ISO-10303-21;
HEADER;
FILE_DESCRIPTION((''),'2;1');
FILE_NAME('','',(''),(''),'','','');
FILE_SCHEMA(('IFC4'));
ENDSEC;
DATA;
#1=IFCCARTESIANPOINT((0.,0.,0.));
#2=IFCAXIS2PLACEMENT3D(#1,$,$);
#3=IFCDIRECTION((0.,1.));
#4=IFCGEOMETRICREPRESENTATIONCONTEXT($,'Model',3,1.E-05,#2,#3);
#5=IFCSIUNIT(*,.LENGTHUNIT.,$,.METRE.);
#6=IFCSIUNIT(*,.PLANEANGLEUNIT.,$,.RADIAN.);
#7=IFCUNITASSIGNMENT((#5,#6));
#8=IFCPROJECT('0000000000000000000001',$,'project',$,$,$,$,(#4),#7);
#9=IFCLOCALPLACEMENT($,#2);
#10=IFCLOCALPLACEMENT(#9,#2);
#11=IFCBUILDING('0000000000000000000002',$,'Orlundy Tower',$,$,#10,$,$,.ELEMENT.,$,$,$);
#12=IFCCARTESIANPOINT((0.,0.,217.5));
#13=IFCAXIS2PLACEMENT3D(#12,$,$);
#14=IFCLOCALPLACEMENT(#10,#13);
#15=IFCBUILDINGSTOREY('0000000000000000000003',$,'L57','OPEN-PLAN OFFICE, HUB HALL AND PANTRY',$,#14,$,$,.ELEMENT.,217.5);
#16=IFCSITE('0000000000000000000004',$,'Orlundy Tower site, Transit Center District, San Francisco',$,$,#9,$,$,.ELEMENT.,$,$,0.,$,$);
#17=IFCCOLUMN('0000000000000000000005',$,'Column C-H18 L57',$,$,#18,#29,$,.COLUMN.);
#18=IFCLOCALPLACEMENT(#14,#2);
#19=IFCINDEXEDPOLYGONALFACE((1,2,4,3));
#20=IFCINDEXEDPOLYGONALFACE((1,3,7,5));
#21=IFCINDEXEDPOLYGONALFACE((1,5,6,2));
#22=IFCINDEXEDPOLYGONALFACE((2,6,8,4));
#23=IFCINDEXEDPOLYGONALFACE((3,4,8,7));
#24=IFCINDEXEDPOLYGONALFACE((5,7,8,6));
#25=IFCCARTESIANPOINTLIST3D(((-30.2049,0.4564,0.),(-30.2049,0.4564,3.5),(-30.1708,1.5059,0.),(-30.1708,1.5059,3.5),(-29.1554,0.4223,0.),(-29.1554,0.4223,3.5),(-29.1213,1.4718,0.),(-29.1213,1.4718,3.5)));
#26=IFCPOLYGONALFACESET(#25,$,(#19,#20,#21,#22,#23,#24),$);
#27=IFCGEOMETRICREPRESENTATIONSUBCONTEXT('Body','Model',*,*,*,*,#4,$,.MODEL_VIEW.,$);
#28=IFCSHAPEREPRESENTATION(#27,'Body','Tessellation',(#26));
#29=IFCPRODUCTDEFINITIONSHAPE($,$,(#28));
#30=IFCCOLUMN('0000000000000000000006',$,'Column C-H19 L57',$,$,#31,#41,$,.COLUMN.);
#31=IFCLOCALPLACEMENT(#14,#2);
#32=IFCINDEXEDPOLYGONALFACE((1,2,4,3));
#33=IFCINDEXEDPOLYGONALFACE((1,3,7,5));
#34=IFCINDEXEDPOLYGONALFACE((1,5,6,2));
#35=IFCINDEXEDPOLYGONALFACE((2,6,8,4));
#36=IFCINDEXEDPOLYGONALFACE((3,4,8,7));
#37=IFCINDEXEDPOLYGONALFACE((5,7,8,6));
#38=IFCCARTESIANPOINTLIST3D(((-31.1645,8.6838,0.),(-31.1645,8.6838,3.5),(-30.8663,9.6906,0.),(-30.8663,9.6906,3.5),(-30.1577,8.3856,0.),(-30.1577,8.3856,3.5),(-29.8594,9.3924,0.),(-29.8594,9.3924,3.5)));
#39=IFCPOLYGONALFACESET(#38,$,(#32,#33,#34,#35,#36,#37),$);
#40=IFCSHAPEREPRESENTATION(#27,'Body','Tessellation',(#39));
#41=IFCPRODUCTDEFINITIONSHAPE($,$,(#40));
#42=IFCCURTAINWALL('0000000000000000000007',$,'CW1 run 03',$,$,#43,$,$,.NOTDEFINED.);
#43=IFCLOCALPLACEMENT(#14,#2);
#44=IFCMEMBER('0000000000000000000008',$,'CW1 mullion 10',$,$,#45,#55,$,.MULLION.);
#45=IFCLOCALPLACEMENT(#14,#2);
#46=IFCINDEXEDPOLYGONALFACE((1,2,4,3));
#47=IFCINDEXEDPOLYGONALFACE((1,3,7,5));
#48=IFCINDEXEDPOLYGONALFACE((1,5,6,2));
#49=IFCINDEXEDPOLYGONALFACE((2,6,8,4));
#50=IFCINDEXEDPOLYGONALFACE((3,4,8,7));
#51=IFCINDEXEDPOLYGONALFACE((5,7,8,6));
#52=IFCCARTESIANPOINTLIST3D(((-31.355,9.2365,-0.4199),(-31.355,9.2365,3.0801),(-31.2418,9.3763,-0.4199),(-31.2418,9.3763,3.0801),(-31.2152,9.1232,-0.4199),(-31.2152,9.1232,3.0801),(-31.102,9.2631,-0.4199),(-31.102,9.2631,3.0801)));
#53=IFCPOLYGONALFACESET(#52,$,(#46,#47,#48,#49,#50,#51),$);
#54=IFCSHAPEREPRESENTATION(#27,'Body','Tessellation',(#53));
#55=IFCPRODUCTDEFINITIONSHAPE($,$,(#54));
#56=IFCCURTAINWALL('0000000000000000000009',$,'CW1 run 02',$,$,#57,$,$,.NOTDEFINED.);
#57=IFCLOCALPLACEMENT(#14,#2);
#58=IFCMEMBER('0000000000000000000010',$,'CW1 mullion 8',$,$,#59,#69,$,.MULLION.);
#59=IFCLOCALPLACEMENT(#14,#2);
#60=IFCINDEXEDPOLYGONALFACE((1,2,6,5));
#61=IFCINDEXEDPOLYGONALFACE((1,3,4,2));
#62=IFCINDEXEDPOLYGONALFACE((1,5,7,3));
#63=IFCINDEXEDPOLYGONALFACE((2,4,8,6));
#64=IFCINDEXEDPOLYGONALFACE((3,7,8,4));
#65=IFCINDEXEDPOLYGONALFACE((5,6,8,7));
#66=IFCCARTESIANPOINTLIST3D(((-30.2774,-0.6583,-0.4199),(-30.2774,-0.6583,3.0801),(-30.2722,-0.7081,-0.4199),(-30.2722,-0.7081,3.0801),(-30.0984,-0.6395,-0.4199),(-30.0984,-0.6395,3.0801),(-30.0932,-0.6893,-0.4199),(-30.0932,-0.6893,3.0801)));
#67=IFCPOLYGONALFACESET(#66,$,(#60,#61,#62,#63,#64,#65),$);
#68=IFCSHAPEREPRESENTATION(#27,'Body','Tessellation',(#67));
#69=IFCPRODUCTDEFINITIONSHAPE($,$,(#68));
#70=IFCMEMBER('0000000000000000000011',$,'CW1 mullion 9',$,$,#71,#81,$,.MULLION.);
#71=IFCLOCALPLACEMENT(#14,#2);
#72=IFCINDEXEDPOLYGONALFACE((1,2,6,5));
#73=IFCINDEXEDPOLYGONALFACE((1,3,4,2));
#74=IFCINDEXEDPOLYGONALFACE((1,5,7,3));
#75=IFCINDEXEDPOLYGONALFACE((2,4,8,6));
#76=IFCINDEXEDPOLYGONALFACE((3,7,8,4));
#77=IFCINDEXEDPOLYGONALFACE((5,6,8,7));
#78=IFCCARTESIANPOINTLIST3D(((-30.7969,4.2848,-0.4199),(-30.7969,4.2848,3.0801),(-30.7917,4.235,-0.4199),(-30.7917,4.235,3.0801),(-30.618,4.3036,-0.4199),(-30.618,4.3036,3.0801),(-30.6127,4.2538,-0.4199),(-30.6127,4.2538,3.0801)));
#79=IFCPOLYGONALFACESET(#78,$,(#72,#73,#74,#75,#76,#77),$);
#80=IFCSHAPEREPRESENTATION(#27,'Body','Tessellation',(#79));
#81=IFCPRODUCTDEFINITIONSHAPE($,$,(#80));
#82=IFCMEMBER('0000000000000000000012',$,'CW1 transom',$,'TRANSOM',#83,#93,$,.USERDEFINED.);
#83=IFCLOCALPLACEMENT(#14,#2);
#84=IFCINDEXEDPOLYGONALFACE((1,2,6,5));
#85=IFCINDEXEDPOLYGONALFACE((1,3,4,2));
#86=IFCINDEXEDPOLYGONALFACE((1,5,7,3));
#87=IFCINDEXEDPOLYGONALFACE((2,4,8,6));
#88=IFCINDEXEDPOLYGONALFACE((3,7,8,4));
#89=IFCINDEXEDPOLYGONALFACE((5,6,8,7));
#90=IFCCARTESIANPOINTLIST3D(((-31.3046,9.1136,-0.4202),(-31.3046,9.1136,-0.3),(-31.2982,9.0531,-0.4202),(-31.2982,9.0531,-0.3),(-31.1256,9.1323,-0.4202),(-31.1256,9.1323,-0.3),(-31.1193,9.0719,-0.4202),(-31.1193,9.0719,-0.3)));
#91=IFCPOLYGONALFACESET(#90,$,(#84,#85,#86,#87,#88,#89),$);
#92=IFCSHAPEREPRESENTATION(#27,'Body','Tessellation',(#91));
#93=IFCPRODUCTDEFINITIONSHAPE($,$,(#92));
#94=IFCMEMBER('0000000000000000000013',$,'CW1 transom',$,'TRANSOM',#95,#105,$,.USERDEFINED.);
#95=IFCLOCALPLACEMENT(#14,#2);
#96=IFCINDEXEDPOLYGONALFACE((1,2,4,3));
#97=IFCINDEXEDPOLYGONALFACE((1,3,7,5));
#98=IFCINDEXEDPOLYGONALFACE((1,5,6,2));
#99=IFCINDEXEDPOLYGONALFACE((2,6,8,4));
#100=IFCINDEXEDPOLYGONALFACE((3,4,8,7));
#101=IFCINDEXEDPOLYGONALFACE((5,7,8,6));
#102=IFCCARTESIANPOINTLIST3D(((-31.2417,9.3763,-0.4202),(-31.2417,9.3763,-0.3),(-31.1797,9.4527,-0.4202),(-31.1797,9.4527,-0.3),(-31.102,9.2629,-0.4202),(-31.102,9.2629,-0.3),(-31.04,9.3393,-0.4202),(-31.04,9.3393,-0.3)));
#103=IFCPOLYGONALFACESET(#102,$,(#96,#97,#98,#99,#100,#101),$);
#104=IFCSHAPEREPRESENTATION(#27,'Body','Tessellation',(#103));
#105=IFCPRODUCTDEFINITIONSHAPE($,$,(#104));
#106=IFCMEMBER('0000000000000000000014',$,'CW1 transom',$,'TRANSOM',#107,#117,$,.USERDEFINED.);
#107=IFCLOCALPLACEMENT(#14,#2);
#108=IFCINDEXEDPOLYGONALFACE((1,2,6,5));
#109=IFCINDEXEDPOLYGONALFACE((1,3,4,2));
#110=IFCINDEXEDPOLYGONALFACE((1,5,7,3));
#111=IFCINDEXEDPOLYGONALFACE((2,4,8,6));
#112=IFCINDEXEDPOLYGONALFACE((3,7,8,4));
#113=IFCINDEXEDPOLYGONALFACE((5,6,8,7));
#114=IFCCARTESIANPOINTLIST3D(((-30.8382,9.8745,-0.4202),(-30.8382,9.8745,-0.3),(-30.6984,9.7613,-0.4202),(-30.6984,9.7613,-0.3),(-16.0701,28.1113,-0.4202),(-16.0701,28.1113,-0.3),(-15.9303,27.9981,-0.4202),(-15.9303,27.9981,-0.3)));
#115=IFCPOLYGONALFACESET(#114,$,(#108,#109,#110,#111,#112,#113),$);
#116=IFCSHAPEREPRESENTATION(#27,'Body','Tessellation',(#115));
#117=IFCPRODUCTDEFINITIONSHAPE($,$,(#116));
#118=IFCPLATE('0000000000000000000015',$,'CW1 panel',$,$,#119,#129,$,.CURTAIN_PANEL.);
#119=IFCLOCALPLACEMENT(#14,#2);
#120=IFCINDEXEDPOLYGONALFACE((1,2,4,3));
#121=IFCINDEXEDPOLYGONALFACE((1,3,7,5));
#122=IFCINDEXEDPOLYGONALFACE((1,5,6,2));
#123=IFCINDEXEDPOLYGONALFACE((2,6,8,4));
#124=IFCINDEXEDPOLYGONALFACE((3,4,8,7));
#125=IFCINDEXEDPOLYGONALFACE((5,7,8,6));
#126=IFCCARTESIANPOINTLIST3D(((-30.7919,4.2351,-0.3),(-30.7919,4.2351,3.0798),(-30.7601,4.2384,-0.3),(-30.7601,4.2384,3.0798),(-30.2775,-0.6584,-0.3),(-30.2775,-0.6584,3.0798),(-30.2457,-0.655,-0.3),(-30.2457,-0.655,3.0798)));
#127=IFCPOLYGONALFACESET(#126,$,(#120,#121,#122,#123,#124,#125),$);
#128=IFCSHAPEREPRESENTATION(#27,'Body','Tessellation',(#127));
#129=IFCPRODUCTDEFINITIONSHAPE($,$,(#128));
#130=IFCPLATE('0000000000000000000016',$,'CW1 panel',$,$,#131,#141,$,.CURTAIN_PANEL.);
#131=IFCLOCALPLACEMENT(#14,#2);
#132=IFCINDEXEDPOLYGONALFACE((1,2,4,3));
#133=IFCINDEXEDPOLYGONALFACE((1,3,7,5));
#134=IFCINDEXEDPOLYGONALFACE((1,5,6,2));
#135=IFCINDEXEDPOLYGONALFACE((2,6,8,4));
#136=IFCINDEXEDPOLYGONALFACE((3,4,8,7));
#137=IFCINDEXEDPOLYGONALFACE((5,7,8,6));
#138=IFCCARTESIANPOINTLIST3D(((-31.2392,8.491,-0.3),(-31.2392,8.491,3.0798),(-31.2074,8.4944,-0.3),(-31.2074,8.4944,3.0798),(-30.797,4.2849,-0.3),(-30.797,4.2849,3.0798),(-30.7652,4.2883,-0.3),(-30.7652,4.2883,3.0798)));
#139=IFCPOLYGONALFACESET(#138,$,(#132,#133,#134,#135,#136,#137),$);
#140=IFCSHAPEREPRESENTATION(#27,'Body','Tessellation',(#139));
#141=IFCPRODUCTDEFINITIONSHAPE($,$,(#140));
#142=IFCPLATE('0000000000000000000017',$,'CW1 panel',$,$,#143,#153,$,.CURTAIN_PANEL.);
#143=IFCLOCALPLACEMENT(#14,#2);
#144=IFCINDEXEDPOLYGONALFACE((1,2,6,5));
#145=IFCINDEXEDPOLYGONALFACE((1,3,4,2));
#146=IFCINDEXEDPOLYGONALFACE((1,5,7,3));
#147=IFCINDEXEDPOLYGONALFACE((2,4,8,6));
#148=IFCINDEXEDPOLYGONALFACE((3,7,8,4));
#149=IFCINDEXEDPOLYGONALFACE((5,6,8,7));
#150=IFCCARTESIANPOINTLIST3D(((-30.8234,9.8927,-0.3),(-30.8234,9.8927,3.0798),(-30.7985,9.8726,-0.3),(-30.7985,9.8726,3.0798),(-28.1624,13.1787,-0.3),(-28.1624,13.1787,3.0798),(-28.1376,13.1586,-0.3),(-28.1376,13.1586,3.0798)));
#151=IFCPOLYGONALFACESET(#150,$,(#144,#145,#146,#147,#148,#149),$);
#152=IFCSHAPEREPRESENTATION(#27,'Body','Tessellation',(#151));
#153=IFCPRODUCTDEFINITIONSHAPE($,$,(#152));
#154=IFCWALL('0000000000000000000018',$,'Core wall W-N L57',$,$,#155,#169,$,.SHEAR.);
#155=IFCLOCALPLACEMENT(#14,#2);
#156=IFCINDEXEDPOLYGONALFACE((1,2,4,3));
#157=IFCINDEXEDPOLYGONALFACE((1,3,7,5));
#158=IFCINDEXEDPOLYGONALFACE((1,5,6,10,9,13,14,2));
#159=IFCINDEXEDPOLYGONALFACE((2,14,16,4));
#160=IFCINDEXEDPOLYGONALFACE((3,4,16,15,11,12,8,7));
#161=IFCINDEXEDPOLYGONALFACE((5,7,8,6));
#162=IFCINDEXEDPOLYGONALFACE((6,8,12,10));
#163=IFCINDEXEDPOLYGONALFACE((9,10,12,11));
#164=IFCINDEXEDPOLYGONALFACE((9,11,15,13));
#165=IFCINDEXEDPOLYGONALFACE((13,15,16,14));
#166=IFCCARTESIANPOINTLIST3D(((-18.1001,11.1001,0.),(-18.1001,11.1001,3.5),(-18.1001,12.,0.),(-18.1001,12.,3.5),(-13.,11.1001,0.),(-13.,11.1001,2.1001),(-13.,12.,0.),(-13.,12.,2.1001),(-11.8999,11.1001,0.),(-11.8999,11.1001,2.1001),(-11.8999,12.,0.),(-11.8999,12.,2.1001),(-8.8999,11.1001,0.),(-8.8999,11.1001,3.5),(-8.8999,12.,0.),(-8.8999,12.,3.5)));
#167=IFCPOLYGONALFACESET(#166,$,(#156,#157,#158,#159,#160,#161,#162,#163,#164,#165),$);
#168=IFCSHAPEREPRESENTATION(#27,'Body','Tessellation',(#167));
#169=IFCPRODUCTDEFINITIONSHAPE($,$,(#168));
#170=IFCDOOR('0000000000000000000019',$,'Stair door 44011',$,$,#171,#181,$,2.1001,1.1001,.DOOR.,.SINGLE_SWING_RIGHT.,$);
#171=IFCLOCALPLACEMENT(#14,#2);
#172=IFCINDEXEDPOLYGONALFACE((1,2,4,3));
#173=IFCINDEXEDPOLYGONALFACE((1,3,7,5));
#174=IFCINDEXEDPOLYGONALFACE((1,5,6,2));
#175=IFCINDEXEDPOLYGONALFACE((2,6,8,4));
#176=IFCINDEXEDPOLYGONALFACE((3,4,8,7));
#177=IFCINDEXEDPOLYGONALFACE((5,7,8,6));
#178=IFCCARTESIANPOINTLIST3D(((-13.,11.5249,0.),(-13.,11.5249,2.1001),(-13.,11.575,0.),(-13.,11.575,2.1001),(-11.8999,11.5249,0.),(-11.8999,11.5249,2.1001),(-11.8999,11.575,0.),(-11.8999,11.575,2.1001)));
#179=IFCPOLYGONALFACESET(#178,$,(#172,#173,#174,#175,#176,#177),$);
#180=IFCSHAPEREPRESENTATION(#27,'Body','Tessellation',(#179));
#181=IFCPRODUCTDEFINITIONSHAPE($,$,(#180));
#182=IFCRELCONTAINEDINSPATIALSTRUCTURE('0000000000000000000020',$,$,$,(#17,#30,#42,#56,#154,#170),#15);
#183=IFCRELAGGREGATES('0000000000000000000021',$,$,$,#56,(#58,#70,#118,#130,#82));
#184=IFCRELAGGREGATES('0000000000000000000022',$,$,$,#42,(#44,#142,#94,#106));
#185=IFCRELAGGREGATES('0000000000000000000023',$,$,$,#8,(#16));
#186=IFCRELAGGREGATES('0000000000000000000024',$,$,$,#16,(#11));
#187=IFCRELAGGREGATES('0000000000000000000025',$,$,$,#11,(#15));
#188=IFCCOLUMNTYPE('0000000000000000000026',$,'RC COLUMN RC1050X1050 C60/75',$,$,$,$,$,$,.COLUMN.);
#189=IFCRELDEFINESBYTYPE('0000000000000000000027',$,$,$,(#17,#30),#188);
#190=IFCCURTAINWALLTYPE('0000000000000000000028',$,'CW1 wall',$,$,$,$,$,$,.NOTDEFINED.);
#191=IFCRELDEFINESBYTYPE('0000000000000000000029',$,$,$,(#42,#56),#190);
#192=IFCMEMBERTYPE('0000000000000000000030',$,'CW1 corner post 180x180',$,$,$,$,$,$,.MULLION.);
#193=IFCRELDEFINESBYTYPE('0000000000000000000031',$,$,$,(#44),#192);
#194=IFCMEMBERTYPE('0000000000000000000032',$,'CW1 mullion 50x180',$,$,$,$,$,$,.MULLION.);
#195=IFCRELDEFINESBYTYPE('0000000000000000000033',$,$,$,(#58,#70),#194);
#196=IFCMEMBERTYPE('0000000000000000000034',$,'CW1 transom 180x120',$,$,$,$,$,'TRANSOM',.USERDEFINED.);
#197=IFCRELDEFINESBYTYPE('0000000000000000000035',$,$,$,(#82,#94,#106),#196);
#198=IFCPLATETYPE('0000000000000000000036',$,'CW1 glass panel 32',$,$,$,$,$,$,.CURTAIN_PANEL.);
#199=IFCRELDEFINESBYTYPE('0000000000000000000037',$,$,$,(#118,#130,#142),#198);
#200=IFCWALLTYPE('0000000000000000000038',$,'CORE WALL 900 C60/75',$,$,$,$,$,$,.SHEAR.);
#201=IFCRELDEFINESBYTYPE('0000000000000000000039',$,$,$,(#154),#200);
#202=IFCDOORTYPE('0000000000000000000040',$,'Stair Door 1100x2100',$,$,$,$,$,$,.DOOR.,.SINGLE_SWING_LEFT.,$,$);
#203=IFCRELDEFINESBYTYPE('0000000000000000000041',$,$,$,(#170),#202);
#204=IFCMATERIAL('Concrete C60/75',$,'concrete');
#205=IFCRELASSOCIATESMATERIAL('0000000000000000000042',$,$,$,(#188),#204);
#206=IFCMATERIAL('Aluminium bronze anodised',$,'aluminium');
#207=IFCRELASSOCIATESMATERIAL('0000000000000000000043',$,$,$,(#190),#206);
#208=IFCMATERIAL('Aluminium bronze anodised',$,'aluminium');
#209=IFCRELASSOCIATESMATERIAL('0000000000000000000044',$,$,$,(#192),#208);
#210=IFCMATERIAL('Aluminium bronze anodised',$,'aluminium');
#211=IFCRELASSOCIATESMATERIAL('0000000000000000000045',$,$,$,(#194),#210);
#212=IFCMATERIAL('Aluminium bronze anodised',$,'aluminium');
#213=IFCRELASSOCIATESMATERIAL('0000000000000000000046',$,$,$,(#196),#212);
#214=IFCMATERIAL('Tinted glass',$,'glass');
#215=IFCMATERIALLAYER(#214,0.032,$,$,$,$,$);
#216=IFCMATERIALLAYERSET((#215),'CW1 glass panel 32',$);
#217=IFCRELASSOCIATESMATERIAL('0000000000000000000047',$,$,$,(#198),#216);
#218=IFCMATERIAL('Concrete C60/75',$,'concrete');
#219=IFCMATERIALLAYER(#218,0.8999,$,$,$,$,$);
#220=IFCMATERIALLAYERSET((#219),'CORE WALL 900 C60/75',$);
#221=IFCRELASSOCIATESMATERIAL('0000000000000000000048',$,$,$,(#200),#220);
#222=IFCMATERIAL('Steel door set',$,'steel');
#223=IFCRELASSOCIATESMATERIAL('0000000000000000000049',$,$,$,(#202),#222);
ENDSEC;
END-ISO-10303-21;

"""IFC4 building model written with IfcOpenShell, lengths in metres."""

from ifc_helpers import new_model, si_unit, direction, frame, frame_2d, origin, origin_2d, place, context, subcontext, project, spatial, rectangle, extrude, material, layer, layer_set, material_profile, profile_set, type_object, element, fill, aggregate, save


model = new_model("IFC4")

# Units and contexts
model_context = context("Model", 3, precision=1e-05, world=origin(), true_north=direction((0.0, 1.0)))
body_context = subcontext(model_context, "Body", "Model", "MODEL_VIEW")
ifc_project = project(units=[si_unit("LENGTHUNIT", "METRE"), si_unit("PLANEANGLEUNIT", "RADIAN")], contexts=[model_context])

# Site, building, storey
site_placement = place(None, origin())
site = spatial("IfcSite", under=ifc_project, at=site_placement, Name="Orlundy Tower site, Transit Center District, San Francisco", CompositionType="ELEMENT", RefElevation=0.0)
building_placement = place(site_placement, origin())
building = spatial("IfcBuilding", under=site, at=building_placement, Name="Orlundy Tower", CompositionType="ELEMENT")
storey_placement = place(building_placement, frame((0.0, 0.0, 217.5)))
storey = spatial("IfcBuildingStorey", under=building, at=storey_placement, Name="L57", Description="OPEN-PLAN OFFICE, HUB HALL AND PANTRY", CompositionType="ELEMENT", Elevation=217.5)

# Columns
ifc_material_1 = material(Name="Concrete C60/75", Category="concrete")
ifc_material_profile_1 = material_profile(ifc_material_1, rectangle(XDim=1.05, YDim=1.05, at=origin_2d()), Name="RC1050X1050")
ifc_profile_set_1 = profile_set([ifc_material_profile_1], Name="Concrete C60/75")
column_type = type_object("IfcColumnType", Name="RC COLUMN RC1050X1050 C60/75", PredefinedType="COLUMN", material=ifc_profile_set_1)
for number, where, z_axis, x_axis, name in (
    (1, (-29.6631, 0.9641, 0.0), (0.0, 0.0, 1.0), (-0.999473, 0.032475, 0.0), "Column C-H18 L57"),
    (2, (-30.512, 9.0381, 0.0), (0.0, 0.0, 1.0), (-0.95882, 0.284015, 0.0), "Column C-H19 L57"),
):
    element("IfcColumn", number, at=place(storey_placement, frame(where, z_axis=z_axis, x_axis=x_axis)), inside=storey, type_object=column_type, Name=name, PredefinedType="COLUMN", context=body_context, shape_type="SweptSolid", body=[
        extrude(rectangle(XDim=1.05, YDim=1.05, at=origin_2d()), origin(), (0.0, 0.0, 1.0), 3.5),
    ])

# Curtain wall, member
ifc_material_2 = material(Name="Aluminium bronze anodised", Category="aluminium")
curtain_wall_type = type_object("IfcCurtainWallType", Name="CW1 wall", PredefinedType="NOTDEFINED", material=ifc_material_2)
curtain_wall_1_placement = place(storey_placement, origin())
curtain_wall_1 = element("IfcCurtainWall", 3, at=curtain_wall_1_placement, inside=storey, type_object=curtain_wall_type, Name="CW1 run 03", PredefinedType="NOTDEFINED")
ifc_material_3 = material(Name="Aluminium bronze anodised", Category="aluminium")
ifc_material_profile_2 = material_profile(ifc_material_3, rectangle(XDim=0.1799, YDim=0.1799, at=origin_2d()), Name="CW1 corner post 180x180")
ifc_profile_set_2 = profile_set([ifc_material_profile_2], Name="Aluminium bronze anodised")
member_type_1 = type_object("IfcMemberType", Name="CW1 corner post 180x180", PredefinedType="MULLION", material=ifc_profile_set_2)
member_1_placement = place(storey_placement, frame((-31.2285, 9.2498, -0.4199), z_axis=(0.0, 0.0, 1.0), x_axis=(-0.777146, 0.629321, 0.0)))
member_1 = element("IfcMember", 4, at=member_1_placement, type_object=member_type_1, Name="CW1 mullion 10", PredefinedType="MULLION", context=body_context, shape_type="SweptSolid", body=[
    extrude(rectangle(XDim=0.1799, YDim=0.1799, at=origin_2d()), origin(), (0.0, 0.0, 1.0), 3.5),
])

# Curtain wall, members
curtain_wall_2_placement = place(storey_placement, origin())
curtain_wall_2 = element("IfcCurtainWall", 5, at=curtain_wall_2_placement, inside=storey, type_object=curtain_wall_type, Name="CW1 run 02", PredefinedType="NOTDEFINED")
ifc_material_4 = material(Name="Aluminium bronze anodised", Category="aluminium")
ifc_material_profile_3 = material_profile(ifc_material_4, rectangle(XDim=0.1799, YDim=0.05, at=origin_2d()), Name="CW1 mullion 50x180")
ifc_profile_set_3 = profile_set([ifc_material_profile_3], Name="Aluminium bronze anodised")
member_type_2 = type_object("IfcMemberType", Name="CW1 mullion 50x180", PredefinedType="MULLION", material=ifc_profile_set_3)
member_2_placement = place(storey_placement, frame((-30.1853, -0.6738, -0.4199), z_axis=(0.0, 0.0, 1.0), x_axis=(-0.994521, -0.104538, 0.0)))
member_2 = element("IfcMember", 6, at=member_2_placement, type_object=member_type_2, Name="CW1 mullion 8", PredefinedType="MULLION", context=body_context, shape_type="SweptSolid", body=[
    extrude(rectangle(XDim=0.1799, YDim=0.05, at=origin_2d()), origin(), (0.0, 0.0, 1.0), 3.5),
])
member_3_placement = place(storey_placement, frame((-30.7048, 4.2693, -0.4199), z_axis=(0.0, 0.0, 1.0), x_axis=(-0.994521, -0.104538, 0.0)))
member_3 = element("IfcMember", 7, at=member_3_placement, type_object=member_type_2, Name="CW1 mullion 9", PredefinedType="MULLION", context=body_context, shape_type="SweptSolid", body=[
    extrude(rectangle(XDim=0.1799, YDim=0.05, at=origin_2d()), origin(), (0.0, 0.0, 1.0), 3.5),
])
ifc_material_5 = material(Name="Aluminium bronze anodised", Category="aluminium")
ifc_material_profile_4 = material_profile(ifc_material_5, rectangle(XDim=0.1799, YDim=0.1201, at=origin_2d()), Name="CW1 transom 180x120")
ifc_profile_set_4 = profile_set([ifc_material_profile_4], Name="Aluminium bronze anodised")
member_type_3 = type_object("IfcMemberType", Name="CW1 transom 180x120", ElementType="TRANSOM", PredefinedType="USERDEFINED", material=ifc_profile_set_4)
member_4_placement = place(storey_placement, frame((-31.2087, 9.0625, -0.3601), z_axis=(-0.104267, 0.994549, 0.0), x_axis=(-0.994549, -0.104267, 0.0)))
member_4 = element("IfcMember", 8, at=member_4_placement, type_object=member_type_3, Name="CW1 transom", ObjectType="TRANSOM", PredefinedType="USERDEFINED", context=body_context, shape_type="SweptSolid", body=[
    extrude(rectangle(XDim=0.1799, YDim=0.1201, at=origin_2d()), origin(), (0.0, 0.0, 1.0), 0.0608),
])

# Members
member_5_placement = place(storey_placement, frame((-31.1719, 9.3196, -0.3601), z_axis=(0.630126, 0.776493, 0.0), x_axis=(-0.776493, 0.630126, 0.0)))
member_5 = element("IfcMember", 9, at=member_5_placement, type_object=member_type_3, Name="CW1 transom", ObjectType="TRANSOM", PredefinedType="USERDEFINED", context=body_context, shape_type="SweptSolid", body=[
    extrude(rectangle(XDim=0.1799, YDim=0.1201, at=origin_2d()), origin(), (0.0, 0.0, 1.0), 0.0984),
])
member_6_placement = place(storey_placement, frame((-30.7683, 9.8179, -0.3601), z_axis=(0.629325, 0.777142, 0.0), x_axis=(-0.777142, 0.629325, 0.0)))
member_6 = element("IfcMember", 10, at=member_6_placement, type_object=member_type_3, Name="CW1 transom", ObjectType="TRANSOM", PredefinedType="USERDEFINED", context=body_context, shape_type="SweptSolid", body=[
    extrude(rectangle(XDim=0.1799, YDim=0.1201, at=origin_2d()), origin(), (0.0, 0.0, 1.0), 23.4666),
])

# Plates
ifc_material_6 = material(Name="Tinted glass", Category="glass")
ifc_layer_1 = layer(ifc_material_6, 0.032)
ifc_layer_set_1 = layer_set([ifc_layer_1], Name="CW1 glass panel 32")
plate_type = type_object("IfcPlateType", Name="CW1 glass panel 32", PredefinedType="CURTAIN_PANEL", material=ifc_layer_set_1)
plate_1_placement = place(storey_placement, frame((-30.5188, 1.79, -0.3), z_axis=(0.0, 0.0, 1.0), x_axis=(-0.104538, 0.994521, 0.0)))
plate_1 = element("IfcPlate", 11, at=plate_1_placement, type_object=plate_type, Name="CW1 panel", PredefinedType="CURTAIN_PANEL", context=body_context, shape_type="SweptSolid", body=[
    extrude(rectangle(XDim=4.9204, YDim=0.032, at=origin_2d()), origin(), (0.0, 0.0, 1.0), 3.3799),
])
plate_2_placement = place(storey_placement, frame((-31.0022, 6.3896, -0.3), z_axis=(0.0, 0.0, 1.0), x_axis=(-0.104538, 0.994521, 0.0)))
plate_2 = element("IfcPlate", 12, at=plate_2_placement, type_object=plate_type, Name="CW1 panel", PredefinedType="CURTAIN_PANEL", context=body_context, shape_type="SweptSolid", body=[
    extrude(rectangle(XDim=4.2292, YDim=0.032, at=origin_2d()), origin(), (0.0, 0.0, 1.0), 3.3799),
])
aggregate(curtain_wall_2, [member_2, member_3, plate_1, plate_2, member_4])
plate_3_placement = place(storey_placement, frame((-29.4805, 11.5256, -0.3), z_axis=(0.0, 0.0, 1.0), x_axis=(0.629321, 0.777146, 0.0)))
plate_3 = element("IfcPlate", 13, at=plate_3_placement, type_object=plate_type, Name="CW1 panel", PredefinedType="CURTAIN_PANEL", context=body_context, shape_type="SweptSolid", body=[
    extrude(rectangle(XDim=4.2283, YDim=0.032, at=origin_2d()), origin(), (0.0, 0.0, 1.0), 3.3799),
])
aggregate(curtain_wall_1, [member_1, plate_3, member_5, member_6])

# Wall, opening, door
ifc_material_7 = material(Name="Concrete C60/75", Category="concrete")
ifc_layer_2 = layer(ifc_material_7, 0.8999)
ifc_layer_set_2 = layer_set([ifc_layer_2], Name="CORE WALL 900 C60/75")
wall_type_1 = type_object("IfcWallType", Name="CORE WALL 900 C60/75", PredefinedType="SHEAR", material=ifc_layer_set_2)
wall_1_placement = place(storey_placement, frame((-18.1001, 11.55, 0.0), z_axis=(0.0, 0.0, 1.0), x_axis=(1.0, 0.0, 0.0)))
wall_1 = element("IfcWall", 14, at=wall_1_placement, inside=storey, type_object=wall_type_1, Name="Core wall W-N L57", PredefinedType="SHEAR", context=body_context, shape_type="SweptSolid", body=[
    extrude(rectangle(XDim=9.2002, YDim=0.8999, at=frame_2d((4.6001, 0.0))), origin(), (0.0, 0.0, 1.0), 3.5),
])
opening_1_placement = place(wall_1_placement, frame((5.1001, 0.0, 0.0)))
opening_1 = element("IfcOpeningElement", 15, at=opening_1_placement, cuts=wall_1, PredefinedType="OPENING", context=body_context, shape_type="SweptSolid", body=[
    extrude(rectangle(XDim=1.1001, YDim=2.1001, at=frame_2d((0.55, 1.05))), frame((0.0, 0.46, 0.0), z_axis=(0.0, -1.0, 0.0), x_axis=(1.0, 0.0, 0.0)), (0.0, 0.0, 1.0), 0.9199),
])
ifc_material_8 = material(Name="Steel door set", Category="steel")
door_type_1 = type_object("IfcDoorType", Name="Stair Door 1100x2100", OperationType="SINGLE_SWING_LEFT", PredefinedType="DOOR", material=ifc_material_8)
door_1_placement = place(opening_1_placement, origin())
door_1 = element("IfcDoor", 16, at=door_1_placement, inside=storey, type_object=door_type_1, Name="Stair door 44011", OperationType="SINGLE_SWING_RIGHT", OverallHeight=2.1001, OverallWidth=1.1001, PredefinedType="DOOR", context=body_context, shape_type="SweptSolid", body=[
    extrude(rectangle(XDim=1.1001, YDim=2.1001, at=frame_2d((0.55, 1.05))), frame((0.0, 0.0249, 0.0), z_axis=(0.0, -1.0, 0.0), x_axis=(1.0, 0.0, 0.0)), (0.0, 0.0, 1.0), 0.05),
])
fill(opening_1, door_1)

save(model, "model.ifc")
